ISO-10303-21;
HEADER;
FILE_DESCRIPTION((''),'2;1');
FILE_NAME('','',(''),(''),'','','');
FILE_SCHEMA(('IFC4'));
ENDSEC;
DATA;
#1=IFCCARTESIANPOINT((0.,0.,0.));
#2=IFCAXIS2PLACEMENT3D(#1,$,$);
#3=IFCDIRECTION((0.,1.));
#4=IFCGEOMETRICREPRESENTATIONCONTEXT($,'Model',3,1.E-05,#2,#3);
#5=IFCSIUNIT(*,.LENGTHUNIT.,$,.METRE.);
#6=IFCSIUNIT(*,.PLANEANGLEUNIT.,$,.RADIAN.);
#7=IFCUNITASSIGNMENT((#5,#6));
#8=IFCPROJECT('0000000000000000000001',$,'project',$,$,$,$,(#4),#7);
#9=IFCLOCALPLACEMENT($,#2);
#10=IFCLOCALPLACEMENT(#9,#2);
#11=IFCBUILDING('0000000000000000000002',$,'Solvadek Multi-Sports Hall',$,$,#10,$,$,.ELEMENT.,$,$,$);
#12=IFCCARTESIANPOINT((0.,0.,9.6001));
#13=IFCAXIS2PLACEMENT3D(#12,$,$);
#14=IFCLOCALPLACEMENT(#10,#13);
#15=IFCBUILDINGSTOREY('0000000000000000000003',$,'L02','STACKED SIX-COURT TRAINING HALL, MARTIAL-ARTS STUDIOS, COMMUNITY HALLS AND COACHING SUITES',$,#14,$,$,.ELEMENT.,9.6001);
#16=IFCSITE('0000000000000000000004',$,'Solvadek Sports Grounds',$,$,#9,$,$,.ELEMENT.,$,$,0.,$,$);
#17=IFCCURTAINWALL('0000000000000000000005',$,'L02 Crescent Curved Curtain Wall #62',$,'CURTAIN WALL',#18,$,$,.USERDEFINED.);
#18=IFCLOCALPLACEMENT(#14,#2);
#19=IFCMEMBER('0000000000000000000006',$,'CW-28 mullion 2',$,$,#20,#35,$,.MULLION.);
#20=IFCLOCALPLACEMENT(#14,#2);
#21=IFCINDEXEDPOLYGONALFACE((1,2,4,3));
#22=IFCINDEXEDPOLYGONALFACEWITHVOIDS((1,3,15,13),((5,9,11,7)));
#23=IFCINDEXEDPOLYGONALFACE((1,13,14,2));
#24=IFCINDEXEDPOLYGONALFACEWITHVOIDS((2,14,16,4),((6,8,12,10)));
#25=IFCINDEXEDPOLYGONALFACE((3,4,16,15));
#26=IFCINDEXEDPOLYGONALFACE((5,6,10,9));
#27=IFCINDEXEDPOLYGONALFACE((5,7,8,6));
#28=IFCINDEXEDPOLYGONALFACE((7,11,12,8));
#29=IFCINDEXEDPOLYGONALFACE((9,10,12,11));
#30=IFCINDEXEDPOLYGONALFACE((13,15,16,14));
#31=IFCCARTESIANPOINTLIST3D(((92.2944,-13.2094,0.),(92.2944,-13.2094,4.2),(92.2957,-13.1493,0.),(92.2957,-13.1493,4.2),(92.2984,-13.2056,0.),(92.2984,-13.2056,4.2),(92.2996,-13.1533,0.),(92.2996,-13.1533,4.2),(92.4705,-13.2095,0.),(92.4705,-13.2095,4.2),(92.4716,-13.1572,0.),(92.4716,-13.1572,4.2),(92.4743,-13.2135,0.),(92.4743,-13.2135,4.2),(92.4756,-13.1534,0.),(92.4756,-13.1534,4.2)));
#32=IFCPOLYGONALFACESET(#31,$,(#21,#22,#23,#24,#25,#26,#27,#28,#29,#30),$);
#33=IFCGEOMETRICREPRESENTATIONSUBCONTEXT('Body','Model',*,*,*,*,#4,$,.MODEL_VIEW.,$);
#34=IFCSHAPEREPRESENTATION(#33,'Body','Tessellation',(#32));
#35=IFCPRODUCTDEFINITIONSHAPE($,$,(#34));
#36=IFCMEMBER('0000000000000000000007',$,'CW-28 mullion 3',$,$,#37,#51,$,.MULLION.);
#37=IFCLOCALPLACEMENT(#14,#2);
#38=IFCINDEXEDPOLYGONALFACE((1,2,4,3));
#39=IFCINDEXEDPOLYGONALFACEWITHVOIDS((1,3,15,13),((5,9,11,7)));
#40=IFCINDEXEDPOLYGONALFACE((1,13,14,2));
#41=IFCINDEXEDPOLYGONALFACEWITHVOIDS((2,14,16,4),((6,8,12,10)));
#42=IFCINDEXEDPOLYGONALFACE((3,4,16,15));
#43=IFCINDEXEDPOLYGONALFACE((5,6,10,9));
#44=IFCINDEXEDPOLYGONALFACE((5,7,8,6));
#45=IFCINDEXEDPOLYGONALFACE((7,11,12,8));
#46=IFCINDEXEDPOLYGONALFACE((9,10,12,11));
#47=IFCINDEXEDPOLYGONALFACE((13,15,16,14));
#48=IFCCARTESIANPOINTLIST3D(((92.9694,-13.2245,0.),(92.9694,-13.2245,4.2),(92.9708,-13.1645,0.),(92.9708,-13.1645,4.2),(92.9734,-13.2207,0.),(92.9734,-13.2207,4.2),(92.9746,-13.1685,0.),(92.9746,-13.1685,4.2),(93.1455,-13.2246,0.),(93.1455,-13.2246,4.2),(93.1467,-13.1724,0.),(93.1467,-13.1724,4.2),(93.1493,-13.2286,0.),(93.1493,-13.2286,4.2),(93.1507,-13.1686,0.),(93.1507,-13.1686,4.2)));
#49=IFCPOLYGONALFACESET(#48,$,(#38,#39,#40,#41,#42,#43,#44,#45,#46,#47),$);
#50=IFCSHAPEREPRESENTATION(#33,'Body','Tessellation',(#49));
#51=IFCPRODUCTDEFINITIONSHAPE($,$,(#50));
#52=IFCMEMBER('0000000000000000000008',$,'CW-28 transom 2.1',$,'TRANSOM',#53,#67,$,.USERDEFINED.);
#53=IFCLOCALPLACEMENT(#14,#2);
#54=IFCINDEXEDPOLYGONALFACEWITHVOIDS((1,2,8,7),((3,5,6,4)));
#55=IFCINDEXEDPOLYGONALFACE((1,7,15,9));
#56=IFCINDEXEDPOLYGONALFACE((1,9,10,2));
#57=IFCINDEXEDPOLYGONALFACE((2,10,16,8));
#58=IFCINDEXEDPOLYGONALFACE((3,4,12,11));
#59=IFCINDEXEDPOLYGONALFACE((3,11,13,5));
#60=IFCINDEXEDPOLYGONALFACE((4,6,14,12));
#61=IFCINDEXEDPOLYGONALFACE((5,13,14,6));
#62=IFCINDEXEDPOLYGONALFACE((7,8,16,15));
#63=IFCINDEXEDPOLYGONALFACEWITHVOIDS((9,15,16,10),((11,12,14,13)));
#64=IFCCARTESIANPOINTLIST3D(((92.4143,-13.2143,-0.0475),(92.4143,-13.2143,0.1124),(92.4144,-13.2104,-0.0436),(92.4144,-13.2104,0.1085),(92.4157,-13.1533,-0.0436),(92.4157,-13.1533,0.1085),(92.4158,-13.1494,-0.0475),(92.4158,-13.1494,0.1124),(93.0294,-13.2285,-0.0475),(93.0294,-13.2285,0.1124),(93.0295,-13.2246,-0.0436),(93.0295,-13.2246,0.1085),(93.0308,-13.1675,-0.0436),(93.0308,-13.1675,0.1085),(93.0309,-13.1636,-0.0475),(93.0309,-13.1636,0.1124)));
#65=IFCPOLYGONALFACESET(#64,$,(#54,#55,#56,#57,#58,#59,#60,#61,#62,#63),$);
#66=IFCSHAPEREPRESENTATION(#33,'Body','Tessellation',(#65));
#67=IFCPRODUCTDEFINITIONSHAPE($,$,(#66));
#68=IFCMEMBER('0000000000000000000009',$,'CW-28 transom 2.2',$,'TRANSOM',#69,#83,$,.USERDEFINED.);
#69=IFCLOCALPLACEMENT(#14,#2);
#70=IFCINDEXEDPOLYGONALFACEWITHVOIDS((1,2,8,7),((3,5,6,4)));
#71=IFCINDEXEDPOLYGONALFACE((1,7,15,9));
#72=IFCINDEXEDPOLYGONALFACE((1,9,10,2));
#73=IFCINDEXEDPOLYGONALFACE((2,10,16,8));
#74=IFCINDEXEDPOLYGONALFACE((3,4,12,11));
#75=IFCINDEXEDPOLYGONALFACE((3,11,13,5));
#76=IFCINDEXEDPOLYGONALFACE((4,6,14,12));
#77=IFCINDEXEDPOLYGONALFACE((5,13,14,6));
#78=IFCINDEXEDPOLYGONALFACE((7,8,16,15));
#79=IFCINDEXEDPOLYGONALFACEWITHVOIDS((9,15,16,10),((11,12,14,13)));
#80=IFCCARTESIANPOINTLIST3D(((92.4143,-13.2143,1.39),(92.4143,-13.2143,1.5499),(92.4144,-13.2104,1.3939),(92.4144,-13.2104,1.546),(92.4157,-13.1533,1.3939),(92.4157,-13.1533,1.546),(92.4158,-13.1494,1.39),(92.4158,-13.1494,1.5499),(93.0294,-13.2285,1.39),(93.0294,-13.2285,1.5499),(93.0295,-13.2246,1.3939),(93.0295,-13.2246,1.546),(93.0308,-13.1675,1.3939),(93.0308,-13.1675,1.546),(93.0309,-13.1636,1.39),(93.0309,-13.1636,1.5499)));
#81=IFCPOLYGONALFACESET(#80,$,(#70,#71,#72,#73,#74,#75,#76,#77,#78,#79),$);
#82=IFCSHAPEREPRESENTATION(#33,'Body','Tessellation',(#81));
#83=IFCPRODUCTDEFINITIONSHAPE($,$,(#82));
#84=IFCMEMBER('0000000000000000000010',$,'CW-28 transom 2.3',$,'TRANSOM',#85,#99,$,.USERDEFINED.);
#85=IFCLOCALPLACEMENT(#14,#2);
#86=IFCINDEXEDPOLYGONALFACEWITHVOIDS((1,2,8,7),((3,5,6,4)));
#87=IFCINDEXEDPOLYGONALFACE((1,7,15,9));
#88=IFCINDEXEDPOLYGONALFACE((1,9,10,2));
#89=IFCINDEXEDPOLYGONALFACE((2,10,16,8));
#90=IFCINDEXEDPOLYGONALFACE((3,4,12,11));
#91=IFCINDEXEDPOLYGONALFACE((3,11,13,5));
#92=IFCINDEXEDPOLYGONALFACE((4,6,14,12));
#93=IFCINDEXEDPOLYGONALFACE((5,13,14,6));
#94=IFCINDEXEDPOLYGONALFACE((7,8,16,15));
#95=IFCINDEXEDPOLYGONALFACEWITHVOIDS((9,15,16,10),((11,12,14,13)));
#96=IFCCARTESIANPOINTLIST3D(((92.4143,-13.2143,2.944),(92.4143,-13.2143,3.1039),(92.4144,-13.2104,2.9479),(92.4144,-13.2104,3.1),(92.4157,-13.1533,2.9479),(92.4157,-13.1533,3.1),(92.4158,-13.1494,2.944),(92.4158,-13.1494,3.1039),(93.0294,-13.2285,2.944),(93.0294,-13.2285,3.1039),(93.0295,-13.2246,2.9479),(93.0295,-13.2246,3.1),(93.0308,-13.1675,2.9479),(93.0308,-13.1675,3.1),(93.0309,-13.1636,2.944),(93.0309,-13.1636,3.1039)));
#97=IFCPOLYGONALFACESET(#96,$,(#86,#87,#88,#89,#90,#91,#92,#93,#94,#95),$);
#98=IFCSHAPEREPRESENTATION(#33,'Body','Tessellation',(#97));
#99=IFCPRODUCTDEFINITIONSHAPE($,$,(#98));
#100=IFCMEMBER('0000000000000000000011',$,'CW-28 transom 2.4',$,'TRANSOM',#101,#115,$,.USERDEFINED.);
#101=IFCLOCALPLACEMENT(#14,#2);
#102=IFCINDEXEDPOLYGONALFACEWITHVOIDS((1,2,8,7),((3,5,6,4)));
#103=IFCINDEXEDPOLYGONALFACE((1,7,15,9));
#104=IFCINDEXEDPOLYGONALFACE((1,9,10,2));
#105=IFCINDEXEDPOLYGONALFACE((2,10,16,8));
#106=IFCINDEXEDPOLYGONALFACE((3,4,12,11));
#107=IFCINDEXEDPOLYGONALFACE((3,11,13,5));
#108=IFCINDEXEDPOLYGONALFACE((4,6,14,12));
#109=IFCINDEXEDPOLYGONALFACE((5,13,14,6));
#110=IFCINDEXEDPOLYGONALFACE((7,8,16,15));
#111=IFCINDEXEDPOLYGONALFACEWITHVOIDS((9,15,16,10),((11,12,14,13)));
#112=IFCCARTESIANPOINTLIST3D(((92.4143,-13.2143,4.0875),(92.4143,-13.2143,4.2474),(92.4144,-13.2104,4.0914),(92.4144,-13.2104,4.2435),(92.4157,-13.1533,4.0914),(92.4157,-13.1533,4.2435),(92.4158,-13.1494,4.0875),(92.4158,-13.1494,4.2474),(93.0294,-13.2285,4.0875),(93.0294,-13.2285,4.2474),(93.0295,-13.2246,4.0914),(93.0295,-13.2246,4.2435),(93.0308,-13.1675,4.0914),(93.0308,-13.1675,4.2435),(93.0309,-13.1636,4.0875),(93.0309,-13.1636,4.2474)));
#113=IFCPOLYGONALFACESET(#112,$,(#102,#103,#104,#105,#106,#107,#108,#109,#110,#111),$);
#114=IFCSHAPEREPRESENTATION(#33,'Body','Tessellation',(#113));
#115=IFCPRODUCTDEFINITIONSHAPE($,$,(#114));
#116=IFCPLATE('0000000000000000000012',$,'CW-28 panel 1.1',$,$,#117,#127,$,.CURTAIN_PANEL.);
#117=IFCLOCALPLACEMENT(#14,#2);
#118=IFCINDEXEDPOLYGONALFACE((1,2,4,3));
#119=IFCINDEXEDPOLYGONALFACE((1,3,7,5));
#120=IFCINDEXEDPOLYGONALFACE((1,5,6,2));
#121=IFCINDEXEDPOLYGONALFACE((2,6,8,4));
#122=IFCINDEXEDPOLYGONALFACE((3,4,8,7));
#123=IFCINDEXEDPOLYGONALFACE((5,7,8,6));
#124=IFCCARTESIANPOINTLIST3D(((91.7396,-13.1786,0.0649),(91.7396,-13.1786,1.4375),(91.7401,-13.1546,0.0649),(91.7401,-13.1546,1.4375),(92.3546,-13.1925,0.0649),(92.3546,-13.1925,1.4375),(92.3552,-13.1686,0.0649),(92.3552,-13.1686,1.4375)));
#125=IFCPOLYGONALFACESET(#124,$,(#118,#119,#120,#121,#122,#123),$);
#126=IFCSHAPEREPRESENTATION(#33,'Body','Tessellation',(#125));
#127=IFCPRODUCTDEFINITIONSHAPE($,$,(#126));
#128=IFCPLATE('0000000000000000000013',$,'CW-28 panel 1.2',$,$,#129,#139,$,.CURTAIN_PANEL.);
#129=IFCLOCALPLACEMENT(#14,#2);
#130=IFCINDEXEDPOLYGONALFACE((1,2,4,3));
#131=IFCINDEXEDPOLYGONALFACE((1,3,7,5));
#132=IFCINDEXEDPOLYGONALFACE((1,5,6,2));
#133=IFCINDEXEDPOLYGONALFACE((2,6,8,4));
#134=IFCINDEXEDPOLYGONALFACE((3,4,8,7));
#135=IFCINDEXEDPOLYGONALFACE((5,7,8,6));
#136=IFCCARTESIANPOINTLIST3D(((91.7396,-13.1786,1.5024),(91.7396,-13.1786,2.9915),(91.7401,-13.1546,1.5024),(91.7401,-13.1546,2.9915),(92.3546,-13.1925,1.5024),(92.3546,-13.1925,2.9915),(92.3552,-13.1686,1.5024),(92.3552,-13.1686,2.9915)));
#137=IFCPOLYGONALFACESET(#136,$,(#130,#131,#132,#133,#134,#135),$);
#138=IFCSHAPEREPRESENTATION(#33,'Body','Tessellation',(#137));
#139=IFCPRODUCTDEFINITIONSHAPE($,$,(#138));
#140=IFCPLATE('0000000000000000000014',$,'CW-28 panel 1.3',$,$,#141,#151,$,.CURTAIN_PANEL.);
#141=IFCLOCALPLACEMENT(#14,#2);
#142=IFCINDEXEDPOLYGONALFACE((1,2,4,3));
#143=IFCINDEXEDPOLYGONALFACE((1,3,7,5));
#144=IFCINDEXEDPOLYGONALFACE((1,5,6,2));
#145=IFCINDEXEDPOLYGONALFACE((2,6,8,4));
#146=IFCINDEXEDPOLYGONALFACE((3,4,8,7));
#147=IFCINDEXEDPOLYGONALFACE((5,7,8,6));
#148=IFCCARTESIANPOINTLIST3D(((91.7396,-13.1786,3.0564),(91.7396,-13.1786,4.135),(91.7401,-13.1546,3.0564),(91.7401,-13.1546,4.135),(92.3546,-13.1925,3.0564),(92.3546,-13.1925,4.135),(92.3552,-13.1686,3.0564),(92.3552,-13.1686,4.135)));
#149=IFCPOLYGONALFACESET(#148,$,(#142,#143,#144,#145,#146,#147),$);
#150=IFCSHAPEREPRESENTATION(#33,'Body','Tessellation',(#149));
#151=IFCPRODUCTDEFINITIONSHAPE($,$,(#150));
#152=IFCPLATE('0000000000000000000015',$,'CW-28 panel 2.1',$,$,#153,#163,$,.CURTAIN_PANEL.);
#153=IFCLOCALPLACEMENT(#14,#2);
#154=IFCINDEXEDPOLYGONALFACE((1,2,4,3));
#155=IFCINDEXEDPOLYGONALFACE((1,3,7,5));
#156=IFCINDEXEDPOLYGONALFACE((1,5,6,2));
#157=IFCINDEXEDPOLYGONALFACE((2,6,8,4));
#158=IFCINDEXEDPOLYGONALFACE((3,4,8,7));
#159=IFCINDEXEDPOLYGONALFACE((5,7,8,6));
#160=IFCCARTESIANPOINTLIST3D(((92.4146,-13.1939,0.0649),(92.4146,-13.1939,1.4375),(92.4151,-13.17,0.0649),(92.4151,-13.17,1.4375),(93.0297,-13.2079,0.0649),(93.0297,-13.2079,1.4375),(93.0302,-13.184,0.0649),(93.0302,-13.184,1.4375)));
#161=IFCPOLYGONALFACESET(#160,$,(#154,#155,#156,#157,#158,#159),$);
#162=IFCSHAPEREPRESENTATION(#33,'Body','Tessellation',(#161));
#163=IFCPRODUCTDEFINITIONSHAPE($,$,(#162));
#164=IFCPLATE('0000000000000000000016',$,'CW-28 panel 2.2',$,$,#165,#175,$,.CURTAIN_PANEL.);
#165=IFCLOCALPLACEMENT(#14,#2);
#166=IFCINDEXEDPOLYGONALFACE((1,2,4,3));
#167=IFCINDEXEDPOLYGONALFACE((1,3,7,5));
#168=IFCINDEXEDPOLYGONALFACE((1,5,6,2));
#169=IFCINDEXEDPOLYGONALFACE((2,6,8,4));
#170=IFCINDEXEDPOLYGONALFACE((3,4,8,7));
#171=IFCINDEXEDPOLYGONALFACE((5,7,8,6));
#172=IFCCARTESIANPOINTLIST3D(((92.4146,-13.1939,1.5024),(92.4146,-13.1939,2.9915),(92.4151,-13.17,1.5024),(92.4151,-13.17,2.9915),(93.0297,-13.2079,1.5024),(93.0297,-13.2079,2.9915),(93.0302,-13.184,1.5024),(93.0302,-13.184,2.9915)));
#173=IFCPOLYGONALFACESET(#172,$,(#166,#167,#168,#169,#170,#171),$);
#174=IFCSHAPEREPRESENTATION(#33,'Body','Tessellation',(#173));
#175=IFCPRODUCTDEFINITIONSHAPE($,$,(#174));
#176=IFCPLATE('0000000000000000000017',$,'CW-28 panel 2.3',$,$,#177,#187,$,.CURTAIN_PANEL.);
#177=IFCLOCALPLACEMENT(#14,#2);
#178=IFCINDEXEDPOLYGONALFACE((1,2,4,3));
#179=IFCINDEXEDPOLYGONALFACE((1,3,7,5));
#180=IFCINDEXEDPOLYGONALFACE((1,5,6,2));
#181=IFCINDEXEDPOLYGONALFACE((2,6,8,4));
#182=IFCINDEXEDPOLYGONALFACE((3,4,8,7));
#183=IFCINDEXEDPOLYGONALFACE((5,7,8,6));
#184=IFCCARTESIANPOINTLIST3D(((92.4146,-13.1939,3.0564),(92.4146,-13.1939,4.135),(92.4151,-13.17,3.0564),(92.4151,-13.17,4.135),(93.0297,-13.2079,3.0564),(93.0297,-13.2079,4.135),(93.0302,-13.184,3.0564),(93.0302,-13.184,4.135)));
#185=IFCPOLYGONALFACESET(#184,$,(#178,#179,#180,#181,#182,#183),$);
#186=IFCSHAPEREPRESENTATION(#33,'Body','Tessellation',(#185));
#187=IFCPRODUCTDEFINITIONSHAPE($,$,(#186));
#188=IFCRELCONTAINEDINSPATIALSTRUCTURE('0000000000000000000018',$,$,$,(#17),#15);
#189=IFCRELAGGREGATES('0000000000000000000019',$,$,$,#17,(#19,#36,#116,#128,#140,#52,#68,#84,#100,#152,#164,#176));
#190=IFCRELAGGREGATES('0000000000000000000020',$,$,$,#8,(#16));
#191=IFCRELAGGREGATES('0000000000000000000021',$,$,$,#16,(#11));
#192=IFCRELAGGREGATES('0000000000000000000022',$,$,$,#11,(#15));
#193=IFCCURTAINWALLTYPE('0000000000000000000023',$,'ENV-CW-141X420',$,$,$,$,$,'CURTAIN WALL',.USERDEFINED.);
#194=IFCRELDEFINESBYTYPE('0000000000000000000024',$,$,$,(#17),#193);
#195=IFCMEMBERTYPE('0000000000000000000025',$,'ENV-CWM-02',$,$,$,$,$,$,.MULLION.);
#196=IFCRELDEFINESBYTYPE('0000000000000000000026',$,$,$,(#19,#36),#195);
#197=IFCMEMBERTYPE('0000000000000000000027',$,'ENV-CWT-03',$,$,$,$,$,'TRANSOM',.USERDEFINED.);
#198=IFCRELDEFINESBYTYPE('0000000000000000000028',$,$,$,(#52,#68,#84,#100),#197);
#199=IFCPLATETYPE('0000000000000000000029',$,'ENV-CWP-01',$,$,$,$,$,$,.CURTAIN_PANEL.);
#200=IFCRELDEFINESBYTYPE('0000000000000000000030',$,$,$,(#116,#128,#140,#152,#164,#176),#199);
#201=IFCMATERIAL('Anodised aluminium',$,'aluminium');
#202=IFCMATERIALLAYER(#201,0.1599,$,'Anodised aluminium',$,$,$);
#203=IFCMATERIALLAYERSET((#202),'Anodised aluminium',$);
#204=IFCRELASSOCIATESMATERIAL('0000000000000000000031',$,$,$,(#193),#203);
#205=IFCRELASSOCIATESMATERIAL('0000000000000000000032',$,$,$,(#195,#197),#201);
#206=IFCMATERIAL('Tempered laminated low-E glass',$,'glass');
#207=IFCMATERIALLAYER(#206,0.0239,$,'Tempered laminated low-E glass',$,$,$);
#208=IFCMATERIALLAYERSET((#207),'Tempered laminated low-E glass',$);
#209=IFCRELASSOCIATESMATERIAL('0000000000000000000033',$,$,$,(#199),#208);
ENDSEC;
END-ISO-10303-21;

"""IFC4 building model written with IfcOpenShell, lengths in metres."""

from ifc_helpers import new_model, si_unit, direction, frame, origin, origin_2d, place, context, subcontext, project, spatial, rectangle, hollow_rectangle, extrude, material, layer, layer_set, material_profile, profile_set, type_object, element, aggregate, save


model = new_model("IFC4")

# Units and contexts
model_context = context("Model", 3, precision=1e-05, world=origin(), true_north=direction((0.0, 1.0)))
body_context = subcontext(model_context, "Body", "Model", "MODEL_VIEW")
ifc_project = project(units=[si_unit("LENGTHUNIT", "METRE"), si_unit("PLANEANGLEUNIT", "RADIAN")], contexts=[model_context])

# Site, building, storey
site_placement = place(None, origin())
site = spatial("IfcSite", under=ifc_project, at=site_placement, Name="Solvadek Sports Grounds", CompositionType="ELEMENT", RefElevation=0.0)
building_placement = place(site_placement, origin())
building = spatial("IfcBuilding", under=site, at=building_placement, Name="Solvadek Multi-Sports Hall", CompositionType="ELEMENT")
storey_placement = place(building_placement, frame((0.0, 0.0, 9.6001)))
storey = spatial("IfcBuildingStorey", under=building, at=storey_placement, Name="L02", Description="STACKED SIX-COURT TRAINING HALL, MARTIAL-ARTS STUDIOS, COMMUNITY HALLS AND COACHING SUITES", CompositionType="ELEMENT", Elevation=9.6001)

# Curtain wall, members, plates
ifc_material_1 = material(Name="Anodised aluminium", Category="aluminium")
ifc_layer_1 = layer(ifc_material_1, 0.1599, Name="Anodised aluminium")
ifc_layer_set_1 = layer_set([ifc_layer_1], Name="Anodised aluminium")
curtain_wall_type = type_object("IfcCurtainWallType", Name="ENV-CW-141X420", ElementType="CURTAIN WALL", PredefinedType="USERDEFINED", material=ifc_layer_set_1)
curtain_wall_placement = place(storey_placement, origin())
curtain_wall = element("IfcCurtainWall", 1, at=curtain_wall_placement, inside=storey, type_object=curtain_wall_type, Name="L02 Crescent Curved Curtain Wall #62", ObjectType="CURTAIN WALL", PredefinedType="USERDEFINED")
ifc_material_profile_1 = material_profile(ifc_material_1, hollow_rectangle(XDim=0.0601, YDim=0.1799, WallThickness=0.0039, at=origin_2d()), Name="ALU-M 180x60x4")
ifc_profile_set_1 = profile_set([ifc_material_profile_1], Name="Anodised aluminium")
member_type_1 = type_object("IfcMemberType", Name="ENV-CWM-02", PredefinedType="MULLION", material=ifc_profile_set_1)
member_1_placement = place(storey_placement, frame((92.385, -13.1814, 0.0), z_axis=(0.0, 0.0, 1.0), x_axis=(0.022688, 0.999743, 0.0)))
member_1 = element("IfcMember", 2, at=member_1_placement, type_object=member_type_1, Name="CW-28 mullion 2", PredefinedType="MULLION", context=body_context, shape_type="SweptSolid", body=[
    extrude(hollow_rectangle(XDim=0.0601, YDim=0.1799, WallThickness=0.0039, at=origin_2d()), origin(), (0.0, 0.0, 1.0), 4.2),
])
member_2_placement = place(storey_placement, frame((93.0601, -13.1965, 0.0), z_axis=(0.0, 0.0, 1.0), x_axis=(0.022688, 0.999743, 0.0)))
member_2 = element("IfcMember", 3, at=member_2_placement, type_object=member_type_1, Name="CW-28 mullion 3", PredefinedType="MULLION", context=body_context, shape_type="SweptSolid", body=[
    extrude(hollow_rectangle(XDim=0.0601, YDim=0.1799, WallThickness=0.0039, at=origin_2d()), origin(), (0.0, 0.0, 1.0), 4.2),
])
ifc_material_profile_2 = material_profile(ifc_material_1, hollow_rectangle(XDim=0.0649, YDim=0.1599, WallThickness=0.0039, at=origin_2d()), Name="ALU-T 160x65x4")
ifc_profile_set_2 = profile_set([ifc_material_profile_2], Name="Anodised aluminium")
member_type_2 = type_object("IfcMemberType", Name="ENV-CWT-03", ElementType="TRANSOM", PredefinedType="USERDEFINED", material=ifc_profile_set_2)
member_3_placement = place(storey_placement, frame((92.415, -13.1819, 0.0325), z_axis=(0.999735, -0.023019, 0.0), x_axis=(0.023019, 0.999735, 0.0)))
member_3 = element("IfcMember", 4, at=member_3_placement, type_object=member_type_2, Name="CW-28 transom 2.1", ObjectType="TRANSOM", PredefinedType="USERDEFINED", context=body_context, shape_type="SweptSolid", body=[
    extrude(hollow_rectangle(XDim=0.0649, YDim=0.1599, WallThickness=0.0039, at=origin_2d()), origin(), (0.0, 0.0, 1.0), 0.6152),
])
member_4_placement = place(storey_placement, frame((92.415, -13.1819, 1.47), z_axis=(0.999735, -0.023019, 0.0), x_axis=(0.023019, 0.999735, 0.0)))
member_4 = element("IfcMember", 5, at=member_4_placement, type_object=member_type_2, Name="CW-28 transom 2.2", ObjectType="TRANSOM", PredefinedType="USERDEFINED", context=body_context, shape_type="SweptSolid", body=[
    extrude(hollow_rectangle(XDim=0.0649, YDim=0.1599, WallThickness=0.0039, at=origin_2d()), origin(), (0.0, 0.0, 1.0), 0.6152),
])
member_5_placement = place(storey_placement, frame((92.415, -13.1819, 3.0239), z_axis=(0.999735, -0.023019, 0.0), x_axis=(0.023019, 0.999735, 0.0)))
member_5 = element("IfcMember", 6, at=member_5_placement, type_object=member_type_2, Name="CW-28 transom 2.3", ObjectType="TRANSOM", PredefinedType="USERDEFINED", context=body_context, shape_type="SweptSolid", body=[
    extrude(hollow_rectangle(XDim=0.0649, YDim=0.1599, WallThickness=0.0039, at=origin_2d()), origin(), (0.0, 0.0, 1.0), 0.6152),
])
member_6_placement = place(storey_placement, frame((92.415, -13.1819, 4.1675), z_axis=(0.999735, -0.023019, 0.0), x_axis=(0.023019, 0.999735, 0.0)))
member_6 = element("IfcMember", 7, at=member_6_placement, type_object=member_type_2, Name="CW-28 transom 2.4", ObjectType="TRANSOM", PredefinedType="USERDEFINED", context=body_context, shape_type="SweptSolid", body=[
    extrude(hollow_rectangle(XDim=0.0649, YDim=0.1599, WallThickness=0.0039, at=origin_2d()), origin(), (0.0, 0.0, 1.0), 0.6152),
])
ifc_material_2 = material(Name="Tempered laminated low-E glass", Category="glass")
ifc_layer_2 = layer(ifc_material_2, 0.0239, Name="Tempered laminated low-E glass")
ifc_layer_set_2 = layer_set([ifc_layer_2], Name="Tempered laminated low-E glass")
plate_type_1 = type_object("IfcPlateType", Name="ENV-CWP-01", PredefinedType="CURTAIN_PANEL", material=ifc_layer_set_2)
plate_1_placement = place(storey_placement, frame((92.0474, -13.1736, 0.0649), z_axis=(0.0, 0.0, 1.0), x_axis=(0.999743, -0.022688, 0.0)))
plate_1 = element("IfcPlate", 8, at=plate_1_placement, type_object=plate_type_1, Name="CW-28 panel 1.1", PredefinedType="CURTAIN_PANEL", context=body_context, shape_type="SweptSolid", body=[
    extrude(rectangle(XDim=0.6152, YDim=0.0239, at=origin_2d()), origin(), (0.0, 0.0, 1.0), 1.3726),
])
plate_2_placement = place(storey_placement, frame((92.0474, -13.1736, 1.5024), z_axis=(0.0, 0.0, 1.0), x_axis=(0.999743, -0.022688, 0.0)))
plate_2 = element("IfcPlate", 9, at=plate_2_placement, type_object=plate_type_1, Name="CW-28 panel 1.2", PredefinedType="CURTAIN_PANEL", context=body_context, shape_type="SweptSolid", body=[
    extrude(rectangle(XDim=0.6152, YDim=0.0239, at=origin_2d()), origin(), (0.0, 0.0, 1.0), 1.489),
])
plate_3_placement = place(storey_placement, frame((92.0474, -13.1736, 3.0564), z_axis=(0.0, 0.0, 1.0), x_axis=(0.999743, -0.022688, 0.0)))
plate_3 = element("IfcPlate", 10, at=plate_3_placement, type_object=plate_type_1, Name="CW-28 panel 1.3", PredefinedType="CURTAIN_PANEL", context=body_context, shape_type="SweptSolid", body=[
    extrude(rectangle(XDim=0.6152, YDim=0.0239, at=origin_2d()), origin(), (0.0, 0.0, 1.0), 1.0786),
])
plate_4_placement = place(storey_placement, frame((92.7224, -13.189, 0.0649), z_axis=(0.0, 0.0, 1.0), x_axis=(0.999743, -0.022688, 0.0)))
plate_4 = element("IfcPlate", 11, at=plate_4_placement, type_object=plate_type_1, Name="CW-28 panel 2.1", PredefinedType="CURTAIN_PANEL", context=body_context, shape_type="SweptSolid", body=[
    extrude(rectangle(XDim=0.6152, YDim=0.0239, at=origin_2d()), origin(), (0.0, 0.0, 1.0), 1.3726),
])
plate_5_placement = place(storey_placement, frame((92.7224, -13.189, 1.5024), z_axis=(0.0, 0.0, 1.0), x_axis=(0.999743, -0.022688, 0.0)))
plate_5 = element("IfcPlate", 12, at=plate_5_placement, type_object=plate_type_1, Name="CW-28 panel 2.2", PredefinedType="CURTAIN_PANEL", context=body_context, shape_type="SweptSolid", body=[
    extrude(rectangle(XDim=0.6152, YDim=0.0239, at=origin_2d()), origin(), (0.0, 0.0, 1.0), 1.489),
])
plate_6_placement = place(storey_placement, frame((92.7224, -13.189, 3.0564), z_axis=(0.0, 0.0, 1.0), x_axis=(0.999743, -0.022688, 0.0)))
plate_6 = element("IfcPlate", 13, at=plate_6_placement, type_object=plate_type_1, Name="CW-28 panel 2.3", PredefinedType="CURTAIN_PANEL", context=body_context, shape_type="SweptSolid", body=[
    extrude(rectangle(XDim=0.6152, YDim=0.0239, at=origin_2d()), origin(), (0.0, 0.0, 1.0), 1.0786),
])
aggregate(curtain_wall, [member_1, member_2, plate_1, plate_2, plate_3, member_3, member_4, member_5, member_6, plate_4, plate_5, plate_6])

save(model, "model.ifc")
